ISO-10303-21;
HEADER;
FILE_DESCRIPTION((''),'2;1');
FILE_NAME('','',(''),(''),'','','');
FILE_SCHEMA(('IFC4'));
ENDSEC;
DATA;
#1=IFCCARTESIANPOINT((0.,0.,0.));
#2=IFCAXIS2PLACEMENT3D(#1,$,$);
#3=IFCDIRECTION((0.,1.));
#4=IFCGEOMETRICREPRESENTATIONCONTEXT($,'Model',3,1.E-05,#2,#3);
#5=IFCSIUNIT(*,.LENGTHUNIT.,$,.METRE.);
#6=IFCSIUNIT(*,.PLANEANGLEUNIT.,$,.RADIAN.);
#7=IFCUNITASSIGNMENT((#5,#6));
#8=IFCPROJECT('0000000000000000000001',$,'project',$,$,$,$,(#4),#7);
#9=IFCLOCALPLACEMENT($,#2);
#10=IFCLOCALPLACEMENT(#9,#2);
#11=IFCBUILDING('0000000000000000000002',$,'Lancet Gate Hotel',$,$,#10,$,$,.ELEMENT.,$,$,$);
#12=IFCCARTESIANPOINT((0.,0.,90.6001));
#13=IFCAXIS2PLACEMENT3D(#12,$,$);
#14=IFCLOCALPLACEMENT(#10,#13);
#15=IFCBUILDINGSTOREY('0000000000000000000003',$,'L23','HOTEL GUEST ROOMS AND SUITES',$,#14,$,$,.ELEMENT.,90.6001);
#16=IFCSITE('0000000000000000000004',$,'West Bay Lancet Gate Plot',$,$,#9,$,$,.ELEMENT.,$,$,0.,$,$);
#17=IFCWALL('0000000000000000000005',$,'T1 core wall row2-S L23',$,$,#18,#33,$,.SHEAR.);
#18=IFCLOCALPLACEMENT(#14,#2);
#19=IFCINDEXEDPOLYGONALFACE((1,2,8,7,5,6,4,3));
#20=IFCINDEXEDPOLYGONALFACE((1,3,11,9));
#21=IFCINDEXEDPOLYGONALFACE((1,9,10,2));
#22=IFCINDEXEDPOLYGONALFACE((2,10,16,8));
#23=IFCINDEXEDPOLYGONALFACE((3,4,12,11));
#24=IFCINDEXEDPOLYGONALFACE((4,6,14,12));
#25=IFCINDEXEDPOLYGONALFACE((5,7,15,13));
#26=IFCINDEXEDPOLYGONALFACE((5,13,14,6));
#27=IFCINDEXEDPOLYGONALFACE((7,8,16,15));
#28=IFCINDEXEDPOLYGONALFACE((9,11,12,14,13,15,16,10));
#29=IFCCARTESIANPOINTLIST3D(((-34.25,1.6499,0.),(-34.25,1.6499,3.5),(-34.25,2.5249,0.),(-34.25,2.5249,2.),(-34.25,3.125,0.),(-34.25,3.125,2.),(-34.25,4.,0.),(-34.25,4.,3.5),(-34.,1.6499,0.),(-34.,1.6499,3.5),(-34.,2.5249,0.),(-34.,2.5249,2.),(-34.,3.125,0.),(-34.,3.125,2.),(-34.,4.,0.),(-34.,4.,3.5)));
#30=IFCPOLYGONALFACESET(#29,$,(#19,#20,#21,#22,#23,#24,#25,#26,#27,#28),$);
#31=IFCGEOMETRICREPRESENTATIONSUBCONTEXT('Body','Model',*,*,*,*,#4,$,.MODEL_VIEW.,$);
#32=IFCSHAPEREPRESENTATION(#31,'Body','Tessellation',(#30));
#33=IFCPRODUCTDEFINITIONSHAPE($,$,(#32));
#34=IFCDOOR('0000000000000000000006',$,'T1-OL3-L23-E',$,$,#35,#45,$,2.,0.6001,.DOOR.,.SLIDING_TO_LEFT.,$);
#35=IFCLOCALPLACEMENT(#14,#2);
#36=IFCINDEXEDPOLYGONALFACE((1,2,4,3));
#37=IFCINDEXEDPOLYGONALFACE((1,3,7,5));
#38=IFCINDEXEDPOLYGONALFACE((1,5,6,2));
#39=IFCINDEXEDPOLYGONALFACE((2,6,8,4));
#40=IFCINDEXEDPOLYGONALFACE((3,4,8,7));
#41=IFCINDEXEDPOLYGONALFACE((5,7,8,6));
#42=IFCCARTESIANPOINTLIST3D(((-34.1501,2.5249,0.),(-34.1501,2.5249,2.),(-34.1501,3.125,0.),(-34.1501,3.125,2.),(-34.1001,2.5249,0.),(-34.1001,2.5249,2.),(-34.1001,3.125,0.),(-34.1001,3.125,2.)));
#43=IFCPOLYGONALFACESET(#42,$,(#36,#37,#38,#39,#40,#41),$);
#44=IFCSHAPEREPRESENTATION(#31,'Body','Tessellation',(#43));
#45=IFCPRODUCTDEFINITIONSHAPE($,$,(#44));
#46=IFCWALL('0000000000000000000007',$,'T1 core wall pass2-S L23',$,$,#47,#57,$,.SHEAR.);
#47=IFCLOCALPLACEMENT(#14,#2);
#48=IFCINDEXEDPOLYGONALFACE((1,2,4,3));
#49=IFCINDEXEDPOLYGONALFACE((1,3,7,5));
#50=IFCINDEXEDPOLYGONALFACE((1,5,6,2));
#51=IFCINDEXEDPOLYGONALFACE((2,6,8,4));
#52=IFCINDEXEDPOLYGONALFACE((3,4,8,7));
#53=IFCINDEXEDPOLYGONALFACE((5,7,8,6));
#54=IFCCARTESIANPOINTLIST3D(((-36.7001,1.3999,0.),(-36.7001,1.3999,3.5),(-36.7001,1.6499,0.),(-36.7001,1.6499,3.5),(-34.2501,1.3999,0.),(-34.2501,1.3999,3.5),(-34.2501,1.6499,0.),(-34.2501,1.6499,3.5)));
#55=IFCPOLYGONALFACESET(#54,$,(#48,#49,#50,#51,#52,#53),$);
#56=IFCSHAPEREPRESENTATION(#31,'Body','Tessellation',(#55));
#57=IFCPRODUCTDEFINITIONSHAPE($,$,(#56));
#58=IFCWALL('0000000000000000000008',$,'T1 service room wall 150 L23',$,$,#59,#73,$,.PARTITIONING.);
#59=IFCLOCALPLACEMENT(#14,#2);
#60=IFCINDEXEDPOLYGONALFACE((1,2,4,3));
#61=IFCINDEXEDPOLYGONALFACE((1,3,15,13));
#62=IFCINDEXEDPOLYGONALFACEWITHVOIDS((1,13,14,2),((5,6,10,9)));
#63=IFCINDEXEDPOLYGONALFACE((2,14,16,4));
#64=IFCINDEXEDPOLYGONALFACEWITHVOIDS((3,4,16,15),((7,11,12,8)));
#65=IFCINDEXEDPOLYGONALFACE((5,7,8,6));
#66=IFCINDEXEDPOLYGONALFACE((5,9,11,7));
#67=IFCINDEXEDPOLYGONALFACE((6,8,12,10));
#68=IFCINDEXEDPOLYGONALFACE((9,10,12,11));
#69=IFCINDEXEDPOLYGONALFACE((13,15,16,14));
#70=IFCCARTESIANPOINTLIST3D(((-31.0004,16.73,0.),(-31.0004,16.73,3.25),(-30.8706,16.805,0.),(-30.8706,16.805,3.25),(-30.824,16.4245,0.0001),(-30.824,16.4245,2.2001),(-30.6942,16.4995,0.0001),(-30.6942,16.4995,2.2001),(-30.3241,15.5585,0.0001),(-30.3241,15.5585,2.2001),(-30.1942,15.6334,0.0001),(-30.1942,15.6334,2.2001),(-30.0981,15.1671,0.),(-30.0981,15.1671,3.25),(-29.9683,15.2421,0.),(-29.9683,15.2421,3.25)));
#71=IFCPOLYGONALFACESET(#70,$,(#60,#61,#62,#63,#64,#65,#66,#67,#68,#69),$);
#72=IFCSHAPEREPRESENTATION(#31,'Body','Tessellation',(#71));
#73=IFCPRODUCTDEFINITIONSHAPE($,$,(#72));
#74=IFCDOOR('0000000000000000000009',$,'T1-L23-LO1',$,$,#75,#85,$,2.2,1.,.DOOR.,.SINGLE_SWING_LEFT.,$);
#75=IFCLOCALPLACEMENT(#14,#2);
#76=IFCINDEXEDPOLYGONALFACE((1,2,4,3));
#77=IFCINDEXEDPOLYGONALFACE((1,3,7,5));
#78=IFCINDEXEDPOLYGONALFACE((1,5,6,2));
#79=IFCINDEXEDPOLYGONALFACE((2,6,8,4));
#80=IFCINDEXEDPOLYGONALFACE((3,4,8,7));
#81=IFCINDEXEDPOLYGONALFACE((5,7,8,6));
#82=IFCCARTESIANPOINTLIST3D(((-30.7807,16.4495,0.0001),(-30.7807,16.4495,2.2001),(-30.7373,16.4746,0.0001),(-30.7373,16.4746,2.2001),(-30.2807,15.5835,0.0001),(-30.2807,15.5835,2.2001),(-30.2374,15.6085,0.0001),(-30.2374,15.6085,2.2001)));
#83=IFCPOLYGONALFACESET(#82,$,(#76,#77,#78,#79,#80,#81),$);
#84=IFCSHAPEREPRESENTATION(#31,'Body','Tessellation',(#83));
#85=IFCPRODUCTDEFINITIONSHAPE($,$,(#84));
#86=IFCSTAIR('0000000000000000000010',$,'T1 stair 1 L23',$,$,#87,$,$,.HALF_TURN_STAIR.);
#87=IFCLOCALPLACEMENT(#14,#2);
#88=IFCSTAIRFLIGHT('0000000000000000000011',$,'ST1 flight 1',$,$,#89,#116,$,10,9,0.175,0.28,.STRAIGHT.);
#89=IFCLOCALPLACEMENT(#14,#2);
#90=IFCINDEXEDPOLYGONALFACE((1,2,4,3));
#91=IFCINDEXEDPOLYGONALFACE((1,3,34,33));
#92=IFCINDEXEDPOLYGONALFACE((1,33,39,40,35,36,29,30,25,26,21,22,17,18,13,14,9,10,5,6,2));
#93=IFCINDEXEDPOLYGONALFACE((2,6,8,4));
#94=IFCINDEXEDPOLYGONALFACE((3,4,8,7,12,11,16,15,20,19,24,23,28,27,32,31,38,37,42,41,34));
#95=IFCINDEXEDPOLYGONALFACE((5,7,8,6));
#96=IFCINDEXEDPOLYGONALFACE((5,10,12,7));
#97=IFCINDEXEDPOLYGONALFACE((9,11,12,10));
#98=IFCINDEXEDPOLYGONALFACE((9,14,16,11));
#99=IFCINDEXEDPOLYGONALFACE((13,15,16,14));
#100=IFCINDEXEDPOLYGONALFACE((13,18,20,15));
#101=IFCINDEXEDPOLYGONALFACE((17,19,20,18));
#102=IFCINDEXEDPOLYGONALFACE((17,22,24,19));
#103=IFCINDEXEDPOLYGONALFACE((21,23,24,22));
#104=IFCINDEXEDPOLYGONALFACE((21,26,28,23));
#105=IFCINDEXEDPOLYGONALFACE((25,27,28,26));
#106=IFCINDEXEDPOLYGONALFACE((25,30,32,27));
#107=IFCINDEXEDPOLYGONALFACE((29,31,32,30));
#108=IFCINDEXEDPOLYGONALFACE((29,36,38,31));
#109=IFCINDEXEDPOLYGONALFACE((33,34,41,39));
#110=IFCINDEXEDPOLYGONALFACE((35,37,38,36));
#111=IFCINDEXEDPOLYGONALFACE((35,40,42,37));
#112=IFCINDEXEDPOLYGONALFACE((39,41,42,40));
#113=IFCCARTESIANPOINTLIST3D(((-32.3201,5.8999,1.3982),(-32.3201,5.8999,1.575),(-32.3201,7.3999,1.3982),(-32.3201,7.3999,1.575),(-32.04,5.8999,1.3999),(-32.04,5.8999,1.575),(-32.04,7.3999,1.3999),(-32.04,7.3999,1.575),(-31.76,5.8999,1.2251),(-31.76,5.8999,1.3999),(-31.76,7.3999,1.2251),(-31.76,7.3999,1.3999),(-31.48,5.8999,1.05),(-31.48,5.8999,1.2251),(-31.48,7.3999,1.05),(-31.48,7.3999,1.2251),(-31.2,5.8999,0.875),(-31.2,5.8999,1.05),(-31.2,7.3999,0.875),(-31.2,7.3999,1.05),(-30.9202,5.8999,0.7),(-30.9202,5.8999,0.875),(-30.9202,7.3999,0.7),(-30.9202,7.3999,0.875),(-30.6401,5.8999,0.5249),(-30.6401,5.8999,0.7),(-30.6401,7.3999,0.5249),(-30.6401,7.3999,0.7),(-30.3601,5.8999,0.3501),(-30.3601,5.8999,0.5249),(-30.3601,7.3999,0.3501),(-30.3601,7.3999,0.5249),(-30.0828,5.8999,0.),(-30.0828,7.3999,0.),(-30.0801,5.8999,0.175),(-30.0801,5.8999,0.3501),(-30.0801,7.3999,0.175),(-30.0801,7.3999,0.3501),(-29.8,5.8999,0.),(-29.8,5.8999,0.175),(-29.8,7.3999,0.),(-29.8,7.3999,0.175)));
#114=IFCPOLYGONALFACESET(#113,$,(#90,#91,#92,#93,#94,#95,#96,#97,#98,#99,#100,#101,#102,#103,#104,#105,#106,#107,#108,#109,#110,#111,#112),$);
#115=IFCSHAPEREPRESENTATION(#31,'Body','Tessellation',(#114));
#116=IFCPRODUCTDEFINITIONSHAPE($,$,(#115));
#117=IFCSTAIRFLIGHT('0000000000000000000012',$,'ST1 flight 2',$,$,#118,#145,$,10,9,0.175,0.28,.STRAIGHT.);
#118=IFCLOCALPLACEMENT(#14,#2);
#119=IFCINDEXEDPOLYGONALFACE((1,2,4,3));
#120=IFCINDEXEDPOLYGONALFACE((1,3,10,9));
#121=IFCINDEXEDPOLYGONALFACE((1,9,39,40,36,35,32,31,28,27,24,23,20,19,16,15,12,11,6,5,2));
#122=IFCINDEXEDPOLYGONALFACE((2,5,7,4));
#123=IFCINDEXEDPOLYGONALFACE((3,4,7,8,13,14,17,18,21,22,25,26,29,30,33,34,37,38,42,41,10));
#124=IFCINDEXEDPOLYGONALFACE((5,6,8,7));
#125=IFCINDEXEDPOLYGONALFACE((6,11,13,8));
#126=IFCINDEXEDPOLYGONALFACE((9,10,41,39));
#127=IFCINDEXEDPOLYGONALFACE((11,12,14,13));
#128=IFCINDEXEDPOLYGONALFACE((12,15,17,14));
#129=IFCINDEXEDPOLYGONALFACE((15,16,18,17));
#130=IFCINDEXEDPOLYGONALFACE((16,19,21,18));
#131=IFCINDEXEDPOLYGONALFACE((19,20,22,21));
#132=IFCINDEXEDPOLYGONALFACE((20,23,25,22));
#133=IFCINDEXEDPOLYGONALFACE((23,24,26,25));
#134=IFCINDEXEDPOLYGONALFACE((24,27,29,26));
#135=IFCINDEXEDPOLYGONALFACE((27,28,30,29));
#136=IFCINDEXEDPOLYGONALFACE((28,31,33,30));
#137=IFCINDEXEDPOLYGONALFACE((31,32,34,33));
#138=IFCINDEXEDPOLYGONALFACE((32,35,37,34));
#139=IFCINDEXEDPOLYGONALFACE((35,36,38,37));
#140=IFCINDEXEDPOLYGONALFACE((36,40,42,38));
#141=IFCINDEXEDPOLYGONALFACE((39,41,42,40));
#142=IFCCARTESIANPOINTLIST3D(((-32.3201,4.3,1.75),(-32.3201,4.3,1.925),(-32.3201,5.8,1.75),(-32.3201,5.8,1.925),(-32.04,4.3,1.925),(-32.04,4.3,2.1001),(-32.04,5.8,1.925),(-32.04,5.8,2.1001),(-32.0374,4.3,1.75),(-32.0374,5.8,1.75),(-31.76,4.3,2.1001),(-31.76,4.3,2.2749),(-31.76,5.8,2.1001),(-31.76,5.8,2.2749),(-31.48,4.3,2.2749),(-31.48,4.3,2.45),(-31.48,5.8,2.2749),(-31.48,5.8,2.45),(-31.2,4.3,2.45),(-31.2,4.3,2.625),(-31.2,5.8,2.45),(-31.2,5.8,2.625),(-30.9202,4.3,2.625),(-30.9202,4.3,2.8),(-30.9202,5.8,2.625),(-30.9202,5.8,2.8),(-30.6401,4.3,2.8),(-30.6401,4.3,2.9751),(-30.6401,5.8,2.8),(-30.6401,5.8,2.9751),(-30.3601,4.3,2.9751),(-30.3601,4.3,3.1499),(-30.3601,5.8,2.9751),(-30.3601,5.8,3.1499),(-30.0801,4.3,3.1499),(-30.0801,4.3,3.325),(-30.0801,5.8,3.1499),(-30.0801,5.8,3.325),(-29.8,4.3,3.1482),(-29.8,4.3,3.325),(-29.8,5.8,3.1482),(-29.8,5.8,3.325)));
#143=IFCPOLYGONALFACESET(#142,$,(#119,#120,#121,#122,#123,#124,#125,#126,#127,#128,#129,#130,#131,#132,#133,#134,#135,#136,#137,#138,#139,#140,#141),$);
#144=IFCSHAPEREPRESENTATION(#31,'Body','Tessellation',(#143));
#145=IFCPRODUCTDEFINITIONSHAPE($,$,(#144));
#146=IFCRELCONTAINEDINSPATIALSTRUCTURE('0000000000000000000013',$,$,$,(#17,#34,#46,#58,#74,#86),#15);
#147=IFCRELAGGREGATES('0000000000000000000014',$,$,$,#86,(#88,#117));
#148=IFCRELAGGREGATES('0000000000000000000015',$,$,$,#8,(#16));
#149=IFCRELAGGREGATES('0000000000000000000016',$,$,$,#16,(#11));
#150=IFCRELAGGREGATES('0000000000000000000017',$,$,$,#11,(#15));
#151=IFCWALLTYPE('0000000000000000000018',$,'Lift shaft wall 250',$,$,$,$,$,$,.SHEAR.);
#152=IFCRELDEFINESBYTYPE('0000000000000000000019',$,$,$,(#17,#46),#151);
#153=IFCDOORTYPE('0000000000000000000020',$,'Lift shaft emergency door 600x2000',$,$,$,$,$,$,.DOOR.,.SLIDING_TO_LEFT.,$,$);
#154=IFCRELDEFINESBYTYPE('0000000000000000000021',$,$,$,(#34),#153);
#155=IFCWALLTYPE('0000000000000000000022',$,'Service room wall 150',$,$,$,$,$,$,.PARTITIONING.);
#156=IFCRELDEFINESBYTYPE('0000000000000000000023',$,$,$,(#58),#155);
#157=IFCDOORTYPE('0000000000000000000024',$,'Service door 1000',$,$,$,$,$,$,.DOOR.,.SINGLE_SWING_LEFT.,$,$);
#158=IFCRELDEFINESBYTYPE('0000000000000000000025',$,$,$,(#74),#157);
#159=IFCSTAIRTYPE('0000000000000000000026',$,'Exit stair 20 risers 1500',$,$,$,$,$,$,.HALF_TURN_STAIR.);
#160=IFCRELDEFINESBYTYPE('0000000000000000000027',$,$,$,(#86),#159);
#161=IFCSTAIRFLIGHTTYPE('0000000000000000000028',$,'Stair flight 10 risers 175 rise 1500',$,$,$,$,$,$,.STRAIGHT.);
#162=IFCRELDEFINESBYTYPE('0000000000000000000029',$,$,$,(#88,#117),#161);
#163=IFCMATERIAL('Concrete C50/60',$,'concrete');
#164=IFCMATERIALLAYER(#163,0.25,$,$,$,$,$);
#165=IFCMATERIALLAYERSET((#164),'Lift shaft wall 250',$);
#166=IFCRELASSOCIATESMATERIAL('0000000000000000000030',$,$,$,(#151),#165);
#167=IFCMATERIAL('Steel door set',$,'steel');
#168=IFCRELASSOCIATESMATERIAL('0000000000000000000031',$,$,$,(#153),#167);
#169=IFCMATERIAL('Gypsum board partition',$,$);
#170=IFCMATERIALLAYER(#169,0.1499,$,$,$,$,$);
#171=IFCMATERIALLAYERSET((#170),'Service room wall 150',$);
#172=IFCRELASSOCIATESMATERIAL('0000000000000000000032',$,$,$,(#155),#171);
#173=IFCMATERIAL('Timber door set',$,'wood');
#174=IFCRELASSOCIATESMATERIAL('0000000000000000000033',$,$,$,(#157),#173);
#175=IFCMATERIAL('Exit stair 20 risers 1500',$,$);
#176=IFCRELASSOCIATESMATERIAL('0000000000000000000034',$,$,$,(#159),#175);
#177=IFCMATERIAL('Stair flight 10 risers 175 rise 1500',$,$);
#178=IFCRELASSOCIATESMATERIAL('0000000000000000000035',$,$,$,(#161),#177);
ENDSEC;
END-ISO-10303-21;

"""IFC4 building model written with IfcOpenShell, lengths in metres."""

from ifc_helpers import new_model, si_unit, direction, frame, frame_2d, origin, place, context, subcontext, project, spatial, polyline, rectangle, outline, extrude, material, layer, layer_set, type_object, element, fill, aggregate, save


model = new_model("IFC4")

# Units and contexts
model_context = context("Model", 3, precision=1e-05, world=origin(), true_north=direction((0.0, 1.0)))
body_context = subcontext(model_context, "Body", "Model", "MODEL_VIEW")
ifc_project = project(units=[si_unit("LENGTHUNIT", "METRE"), si_unit("PLANEANGLEUNIT", "RADIAN")], contexts=[model_context])

# Site, building, storey
site_placement = place(None, origin())
site = spatial("IfcSite", under=ifc_project, at=site_placement, Name="West Bay Lancet Gate Plot", CompositionType="ELEMENT", RefElevation=0.0)
building_placement = place(site_placement, origin())
building = spatial("IfcBuilding", under=site, at=building_placement, Name="Lancet Gate Hotel", CompositionType="ELEMENT")
storey_placement = place(building_placement, frame((0.0, 0.0, 90.6001)))
storey = spatial("IfcBuildingStorey", under=building, at=storey_placement, Name="L23", Description="HOTEL GUEST ROOMS AND SUITES", CompositionType="ELEMENT", Elevation=90.6001)

# Wall, opening, door
ifc_material_1 = material(Name="Concrete C50/60", Category="concrete")
ifc_layer_1 = layer(ifc_material_1, 0.25)
ifc_layer_set_1 = layer_set([ifc_layer_1], Name="Lift shaft wall 250")
wall_type_1 = type_object("IfcWallType", Name="Lift shaft wall 250", PredefinedType="SHEAR", material=ifc_layer_set_1)
wall_1_placement = place(storey_placement, frame((-34.125, 4.0, 0.0), z_axis=(0.0, 0.0, 1.0), x_axis=(0.0, -1.0, 0.0)))
wall_1 = element("IfcWall", 1, at=wall_1_placement, inside=storey, type_object=wall_type_1, Name="T1 core wall row2-S L23", PredefinedType="SHEAR", context=body_context, shape_type="SweptSolid", body=[
    extrude(rectangle(XDim=2.3501, YDim=0.25, at=frame_2d((1.175, 0.0))), origin(), (0.0, 0.0, 1.0), 3.5),
])
opening_1_placement = place(wall_1_placement, frame((0.875, 0.0, 0.0)))
opening_1 = element("IfcOpeningElement", 2, at=opening_1_placement, cuts=wall_1, PredefinedType="OPENING", context=body_context, shape_type="SweptSolid", body=[
    extrude(rectangle(XDim=0.6001, YDim=2.0, at=frame_2d((0.3, 1.0))), frame((0.0, 0.135, 0.0), z_axis=(0.0, -1.0, 0.0), x_axis=(1.0, 0.0, 0.0)), (0.0, 0.0, 1.0), 0.27),
])
ifc_material_2 = material(Name="Steel door set", Category="steel")
door_type_1 = type_object("IfcDoorType", Name="Lift shaft emergency door 600x2000", OperationType="SLIDING_TO_LEFT", PredefinedType="DOOR", material=ifc_material_2)
door_1_placement = place(opening_1_placement, origin())
door_1 = element("IfcDoor", 3, at=door_1_placement, inside=storey, type_object=door_type_1, Name="T1-OL3-L23-E", OperationType="SLIDING_TO_LEFT", OverallHeight=2.0, OverallWidth=0.6001, PredefinedType="DOOR", context=body_context, shape_type="SweptSolid", body=[
    extrude(rectangle(XDim=0.6001, YDim=2.0, at=frame_2d((0.3, 1.0))), frame((0.0, 0.0249, 0.0), z_axis=(0.0, -1.0, 0.0), x_axis=(1.0, 0.0, 0.0)), (0.0, 0.0, 1.0), 0.05),
])
fill(opening_1, door_1)

# Wall
wall_2_placement = place(storey_placement, frame((-34.25, 1.5249, 0.0), z_axis=(0.0, 0.0, 1.0), x_axis=(-1.0, 0.0, 0.0)))
element("IfcWall", 4, at=wall_2_placement, inside=storey, type_object=wall_type_1, Name="T1 core wall pass2-S L23", PredefinedType="SHEAR", context=body_context, shape_type="SweptSolid", body=[
    extrude(rectangle(XDim=2.45, YDim=0.25, at=frame_2d((1.2251, 0.0))), origin(), (0.0, 0.0, 1.0), 3.5),
])

# Wall, opening, door
ifc_material_3 = material(Name="Gypsum board partition")
ifc_layer_2 = layer(ifc_material_3, 0.1499)
ifc_layer_set_2 = layer_set([ifc_layer_2], Name="Service room wall 150")
wall_type_2 = type_object("IfcWallType", Name="Service room wall 150", PredefinedType="PARTITIONING", material=ifc_layer_set_2)
wall_3_placement = place(storey_placement, frame((-30.0332, 15.2046, 0.0), z_axis=(0.0, 0.0, 1.0), x_axis=(-0.49998, 0.866037, 0.0)))
wall_3 = element("IfcWall", 5, at=wall_3_placement, inside=storey, type_object=wall_type_2, Name="T1 service room wall 150 L23", PredefinedType="PARTITIONING", context=body_context, shape_type="SweptSolid", body=[
    extrude(rectangle(XDim=1.8047, YDim=0.1499, at=frame_2d((0.9023, 0.0))), origin(), (0.0, 0.0, 1.0), 3.25),
])
opening_2_placement = place(wall_3_placement, frame((0.4519, 0.0, 0.0)))
opening_2 = element("IfcOpeningElement", 6, at=opening_2_placement, cuts=wall_3, PredefinedType="OPENING", context=body_context, shape_type="SweptSolid", body=[
    extrude(rectangle(XDim=1.0, YDim=2.2, at=frame_2d((0.5, 1.1001))), frame((0.0, 0.085, 0.0), z_axis=(0.0, -1.0, 0.0), x_axis=(1.0, 0.0, 0.0)), (0.0, 0.0, 1.0), 0.1699),
])
ifc_material_4 = material(Name="Timber door set", Category="wood")
door_type_2 = type_object("IfcDoorType", Name="Service door 1000", OperationType="SINGLE_SWING_LEFT", PredefinedType="DOOR", material=ifc_material_4)
door_2_placement = place(opening_2_placement, origin())
door_2 = element("IfcDoor", 7, at=door_2_placement, inside=storey, type_object=door_type_2, Name="T1-L23-LO1", OperationType="SINGLE_SWING_LEFT", OverallHeight=2.2, OverallWidth=1.0, PredefinedType="DOOR", context=body_context, shape_type="SweptSolid", body=[
    extrude(rectangle(XDim=1.0, YDim=2.2, at=frame_2d((0.5, 1.1001))), frame((0.0, 0.0249, 0.0), z_axis=(0.0, -1.0, 0.0), x_axis=(1.0, 0.0, 0.0)), (0.0, 0.0, 1.0), 0.05),
])
fill(opening_2, door_2)

# Stair, stair flights
ifc_material_5 = material(Name="Exit stair 20 risers 1500")
stair_type = type_object("IfcStairType", Name="Exit stair 20 risers 1500", PredefinedType="HALF_TURN_STAIR", material=ifc_material_5)
stair_placement = place(storey_placement, origin())
stair = element("IfcStair", 8, at=stair_placement, inside=storey, type_object=stair_type, Name="T1 stair 1 L23", PredefinedType="HALF_TURN_STAIR")
ifc_material_6 = material(Name="Stair flight 10 risers 175 rise 1500")
stair_flight_type = type_object("IfcStairFlightType", Name="Stair flight 10 risers 175 rise 1500", PredefinedType="STRAIGHT", material=ifc_material_6)
stair_flight_1_placement = place(storey_placement, frame((-29.8, 6.6499, 0.0), z_axis=(0.0, 0.0, 1.0), x_axis=(-1.0, 0.0, 0.0)))
stair_flight_1 = element("IfcStairFlight", 9, at=stair_flight_1_placement, type_object=stair_flight_type, Name="ST1 flight 1", NumberOfRisers=10, NumberOfTreads=9, PredefinedType="STRAIGHT", RiserHeight=0.175, TreadLength=0.28, context=body_context, shape_type="SweptSolid", body=[
    extrude(outline(polyline([(0.0, 0.0), (0.0, 0.175), (0.28, 0.175), (0.28, 0.3501), (0.5601, 0.3501), (0.5601, 0.5249), (0.8401, 0.5249), (0.8401, 0.7), (1.1201, 0.7), (1.1201, 0.875), (1.3999, 0.875), (1.3999, 1.05), (1.6799, 1.05), (1.6799, 1.2251), (1.96, 1.2251), (1.96, 1.3999), (2.24, 1.3999), (2.24, 1.575), (2.52, 1.575), (2.52, 1.75), (2.52, 1.3982), (0.2827, 0.0), (0.0, 0.0)])), frame((0.0, 0.75, 0.0), z_axis=(0.0, -1.0, 0.0), x_axis=(1.0, 0.0, 0.0)), (0.0, 0.0, 1.0), 1.5),
])
stair_flight_2_placement = place(storey_placement, frame((-32.3201, 5.05, 1.75), z_axis=(0.0, 0.0, 1.0), x_axis=(1.0, 0.0, 0.0)))
stair_flight_2 = element("IfcStairFlight", 10, at=stair_flight_2_placement, type_object=stair_flight_type, Name="ST1 flight 2", NumberOfRisers=10, NumberOfTreads=9, PredefinedType="STRAIGHT", RiserHeight=0.175, TreadLength=0.28, context=body_context, shape_type="SweptSolid", body=[
    extrude(outline(polyline([(0.0, 0.0), (0.0, 0.175), (0.28, 0.175), (0.28, 0.3501), (0.5601, 0.3501), (0.5601, 0.5249), (0.8401, 0.5249), (0.8401, 0.7), (1.1201, 0.7), (1.1201, 0.875), (1.3999, 0.875), (1.3999, 1.05), (1.6799, 1.05), (1.6799, 1.2251), (1.96, 1.2251), (1.96, 1.3999), (2.24, 1.3999), (2.24, 1.575), (2.52, 1.575), (2.52, 1.75), (2.52, 1.3982), (0.2827, 0.0), (0.0, 0.0)])), frame((0.0, 0.75, 0.0), z_axis=(0.0, -1.0, 0.0), x_axis=(1.0, 0.0, 0.0)), (0.0, 0.0, 1.0), 1.5),
])
aggregate(stair, [stair_flight_1, stair_flight_2])

save(model, "model.ifc")
